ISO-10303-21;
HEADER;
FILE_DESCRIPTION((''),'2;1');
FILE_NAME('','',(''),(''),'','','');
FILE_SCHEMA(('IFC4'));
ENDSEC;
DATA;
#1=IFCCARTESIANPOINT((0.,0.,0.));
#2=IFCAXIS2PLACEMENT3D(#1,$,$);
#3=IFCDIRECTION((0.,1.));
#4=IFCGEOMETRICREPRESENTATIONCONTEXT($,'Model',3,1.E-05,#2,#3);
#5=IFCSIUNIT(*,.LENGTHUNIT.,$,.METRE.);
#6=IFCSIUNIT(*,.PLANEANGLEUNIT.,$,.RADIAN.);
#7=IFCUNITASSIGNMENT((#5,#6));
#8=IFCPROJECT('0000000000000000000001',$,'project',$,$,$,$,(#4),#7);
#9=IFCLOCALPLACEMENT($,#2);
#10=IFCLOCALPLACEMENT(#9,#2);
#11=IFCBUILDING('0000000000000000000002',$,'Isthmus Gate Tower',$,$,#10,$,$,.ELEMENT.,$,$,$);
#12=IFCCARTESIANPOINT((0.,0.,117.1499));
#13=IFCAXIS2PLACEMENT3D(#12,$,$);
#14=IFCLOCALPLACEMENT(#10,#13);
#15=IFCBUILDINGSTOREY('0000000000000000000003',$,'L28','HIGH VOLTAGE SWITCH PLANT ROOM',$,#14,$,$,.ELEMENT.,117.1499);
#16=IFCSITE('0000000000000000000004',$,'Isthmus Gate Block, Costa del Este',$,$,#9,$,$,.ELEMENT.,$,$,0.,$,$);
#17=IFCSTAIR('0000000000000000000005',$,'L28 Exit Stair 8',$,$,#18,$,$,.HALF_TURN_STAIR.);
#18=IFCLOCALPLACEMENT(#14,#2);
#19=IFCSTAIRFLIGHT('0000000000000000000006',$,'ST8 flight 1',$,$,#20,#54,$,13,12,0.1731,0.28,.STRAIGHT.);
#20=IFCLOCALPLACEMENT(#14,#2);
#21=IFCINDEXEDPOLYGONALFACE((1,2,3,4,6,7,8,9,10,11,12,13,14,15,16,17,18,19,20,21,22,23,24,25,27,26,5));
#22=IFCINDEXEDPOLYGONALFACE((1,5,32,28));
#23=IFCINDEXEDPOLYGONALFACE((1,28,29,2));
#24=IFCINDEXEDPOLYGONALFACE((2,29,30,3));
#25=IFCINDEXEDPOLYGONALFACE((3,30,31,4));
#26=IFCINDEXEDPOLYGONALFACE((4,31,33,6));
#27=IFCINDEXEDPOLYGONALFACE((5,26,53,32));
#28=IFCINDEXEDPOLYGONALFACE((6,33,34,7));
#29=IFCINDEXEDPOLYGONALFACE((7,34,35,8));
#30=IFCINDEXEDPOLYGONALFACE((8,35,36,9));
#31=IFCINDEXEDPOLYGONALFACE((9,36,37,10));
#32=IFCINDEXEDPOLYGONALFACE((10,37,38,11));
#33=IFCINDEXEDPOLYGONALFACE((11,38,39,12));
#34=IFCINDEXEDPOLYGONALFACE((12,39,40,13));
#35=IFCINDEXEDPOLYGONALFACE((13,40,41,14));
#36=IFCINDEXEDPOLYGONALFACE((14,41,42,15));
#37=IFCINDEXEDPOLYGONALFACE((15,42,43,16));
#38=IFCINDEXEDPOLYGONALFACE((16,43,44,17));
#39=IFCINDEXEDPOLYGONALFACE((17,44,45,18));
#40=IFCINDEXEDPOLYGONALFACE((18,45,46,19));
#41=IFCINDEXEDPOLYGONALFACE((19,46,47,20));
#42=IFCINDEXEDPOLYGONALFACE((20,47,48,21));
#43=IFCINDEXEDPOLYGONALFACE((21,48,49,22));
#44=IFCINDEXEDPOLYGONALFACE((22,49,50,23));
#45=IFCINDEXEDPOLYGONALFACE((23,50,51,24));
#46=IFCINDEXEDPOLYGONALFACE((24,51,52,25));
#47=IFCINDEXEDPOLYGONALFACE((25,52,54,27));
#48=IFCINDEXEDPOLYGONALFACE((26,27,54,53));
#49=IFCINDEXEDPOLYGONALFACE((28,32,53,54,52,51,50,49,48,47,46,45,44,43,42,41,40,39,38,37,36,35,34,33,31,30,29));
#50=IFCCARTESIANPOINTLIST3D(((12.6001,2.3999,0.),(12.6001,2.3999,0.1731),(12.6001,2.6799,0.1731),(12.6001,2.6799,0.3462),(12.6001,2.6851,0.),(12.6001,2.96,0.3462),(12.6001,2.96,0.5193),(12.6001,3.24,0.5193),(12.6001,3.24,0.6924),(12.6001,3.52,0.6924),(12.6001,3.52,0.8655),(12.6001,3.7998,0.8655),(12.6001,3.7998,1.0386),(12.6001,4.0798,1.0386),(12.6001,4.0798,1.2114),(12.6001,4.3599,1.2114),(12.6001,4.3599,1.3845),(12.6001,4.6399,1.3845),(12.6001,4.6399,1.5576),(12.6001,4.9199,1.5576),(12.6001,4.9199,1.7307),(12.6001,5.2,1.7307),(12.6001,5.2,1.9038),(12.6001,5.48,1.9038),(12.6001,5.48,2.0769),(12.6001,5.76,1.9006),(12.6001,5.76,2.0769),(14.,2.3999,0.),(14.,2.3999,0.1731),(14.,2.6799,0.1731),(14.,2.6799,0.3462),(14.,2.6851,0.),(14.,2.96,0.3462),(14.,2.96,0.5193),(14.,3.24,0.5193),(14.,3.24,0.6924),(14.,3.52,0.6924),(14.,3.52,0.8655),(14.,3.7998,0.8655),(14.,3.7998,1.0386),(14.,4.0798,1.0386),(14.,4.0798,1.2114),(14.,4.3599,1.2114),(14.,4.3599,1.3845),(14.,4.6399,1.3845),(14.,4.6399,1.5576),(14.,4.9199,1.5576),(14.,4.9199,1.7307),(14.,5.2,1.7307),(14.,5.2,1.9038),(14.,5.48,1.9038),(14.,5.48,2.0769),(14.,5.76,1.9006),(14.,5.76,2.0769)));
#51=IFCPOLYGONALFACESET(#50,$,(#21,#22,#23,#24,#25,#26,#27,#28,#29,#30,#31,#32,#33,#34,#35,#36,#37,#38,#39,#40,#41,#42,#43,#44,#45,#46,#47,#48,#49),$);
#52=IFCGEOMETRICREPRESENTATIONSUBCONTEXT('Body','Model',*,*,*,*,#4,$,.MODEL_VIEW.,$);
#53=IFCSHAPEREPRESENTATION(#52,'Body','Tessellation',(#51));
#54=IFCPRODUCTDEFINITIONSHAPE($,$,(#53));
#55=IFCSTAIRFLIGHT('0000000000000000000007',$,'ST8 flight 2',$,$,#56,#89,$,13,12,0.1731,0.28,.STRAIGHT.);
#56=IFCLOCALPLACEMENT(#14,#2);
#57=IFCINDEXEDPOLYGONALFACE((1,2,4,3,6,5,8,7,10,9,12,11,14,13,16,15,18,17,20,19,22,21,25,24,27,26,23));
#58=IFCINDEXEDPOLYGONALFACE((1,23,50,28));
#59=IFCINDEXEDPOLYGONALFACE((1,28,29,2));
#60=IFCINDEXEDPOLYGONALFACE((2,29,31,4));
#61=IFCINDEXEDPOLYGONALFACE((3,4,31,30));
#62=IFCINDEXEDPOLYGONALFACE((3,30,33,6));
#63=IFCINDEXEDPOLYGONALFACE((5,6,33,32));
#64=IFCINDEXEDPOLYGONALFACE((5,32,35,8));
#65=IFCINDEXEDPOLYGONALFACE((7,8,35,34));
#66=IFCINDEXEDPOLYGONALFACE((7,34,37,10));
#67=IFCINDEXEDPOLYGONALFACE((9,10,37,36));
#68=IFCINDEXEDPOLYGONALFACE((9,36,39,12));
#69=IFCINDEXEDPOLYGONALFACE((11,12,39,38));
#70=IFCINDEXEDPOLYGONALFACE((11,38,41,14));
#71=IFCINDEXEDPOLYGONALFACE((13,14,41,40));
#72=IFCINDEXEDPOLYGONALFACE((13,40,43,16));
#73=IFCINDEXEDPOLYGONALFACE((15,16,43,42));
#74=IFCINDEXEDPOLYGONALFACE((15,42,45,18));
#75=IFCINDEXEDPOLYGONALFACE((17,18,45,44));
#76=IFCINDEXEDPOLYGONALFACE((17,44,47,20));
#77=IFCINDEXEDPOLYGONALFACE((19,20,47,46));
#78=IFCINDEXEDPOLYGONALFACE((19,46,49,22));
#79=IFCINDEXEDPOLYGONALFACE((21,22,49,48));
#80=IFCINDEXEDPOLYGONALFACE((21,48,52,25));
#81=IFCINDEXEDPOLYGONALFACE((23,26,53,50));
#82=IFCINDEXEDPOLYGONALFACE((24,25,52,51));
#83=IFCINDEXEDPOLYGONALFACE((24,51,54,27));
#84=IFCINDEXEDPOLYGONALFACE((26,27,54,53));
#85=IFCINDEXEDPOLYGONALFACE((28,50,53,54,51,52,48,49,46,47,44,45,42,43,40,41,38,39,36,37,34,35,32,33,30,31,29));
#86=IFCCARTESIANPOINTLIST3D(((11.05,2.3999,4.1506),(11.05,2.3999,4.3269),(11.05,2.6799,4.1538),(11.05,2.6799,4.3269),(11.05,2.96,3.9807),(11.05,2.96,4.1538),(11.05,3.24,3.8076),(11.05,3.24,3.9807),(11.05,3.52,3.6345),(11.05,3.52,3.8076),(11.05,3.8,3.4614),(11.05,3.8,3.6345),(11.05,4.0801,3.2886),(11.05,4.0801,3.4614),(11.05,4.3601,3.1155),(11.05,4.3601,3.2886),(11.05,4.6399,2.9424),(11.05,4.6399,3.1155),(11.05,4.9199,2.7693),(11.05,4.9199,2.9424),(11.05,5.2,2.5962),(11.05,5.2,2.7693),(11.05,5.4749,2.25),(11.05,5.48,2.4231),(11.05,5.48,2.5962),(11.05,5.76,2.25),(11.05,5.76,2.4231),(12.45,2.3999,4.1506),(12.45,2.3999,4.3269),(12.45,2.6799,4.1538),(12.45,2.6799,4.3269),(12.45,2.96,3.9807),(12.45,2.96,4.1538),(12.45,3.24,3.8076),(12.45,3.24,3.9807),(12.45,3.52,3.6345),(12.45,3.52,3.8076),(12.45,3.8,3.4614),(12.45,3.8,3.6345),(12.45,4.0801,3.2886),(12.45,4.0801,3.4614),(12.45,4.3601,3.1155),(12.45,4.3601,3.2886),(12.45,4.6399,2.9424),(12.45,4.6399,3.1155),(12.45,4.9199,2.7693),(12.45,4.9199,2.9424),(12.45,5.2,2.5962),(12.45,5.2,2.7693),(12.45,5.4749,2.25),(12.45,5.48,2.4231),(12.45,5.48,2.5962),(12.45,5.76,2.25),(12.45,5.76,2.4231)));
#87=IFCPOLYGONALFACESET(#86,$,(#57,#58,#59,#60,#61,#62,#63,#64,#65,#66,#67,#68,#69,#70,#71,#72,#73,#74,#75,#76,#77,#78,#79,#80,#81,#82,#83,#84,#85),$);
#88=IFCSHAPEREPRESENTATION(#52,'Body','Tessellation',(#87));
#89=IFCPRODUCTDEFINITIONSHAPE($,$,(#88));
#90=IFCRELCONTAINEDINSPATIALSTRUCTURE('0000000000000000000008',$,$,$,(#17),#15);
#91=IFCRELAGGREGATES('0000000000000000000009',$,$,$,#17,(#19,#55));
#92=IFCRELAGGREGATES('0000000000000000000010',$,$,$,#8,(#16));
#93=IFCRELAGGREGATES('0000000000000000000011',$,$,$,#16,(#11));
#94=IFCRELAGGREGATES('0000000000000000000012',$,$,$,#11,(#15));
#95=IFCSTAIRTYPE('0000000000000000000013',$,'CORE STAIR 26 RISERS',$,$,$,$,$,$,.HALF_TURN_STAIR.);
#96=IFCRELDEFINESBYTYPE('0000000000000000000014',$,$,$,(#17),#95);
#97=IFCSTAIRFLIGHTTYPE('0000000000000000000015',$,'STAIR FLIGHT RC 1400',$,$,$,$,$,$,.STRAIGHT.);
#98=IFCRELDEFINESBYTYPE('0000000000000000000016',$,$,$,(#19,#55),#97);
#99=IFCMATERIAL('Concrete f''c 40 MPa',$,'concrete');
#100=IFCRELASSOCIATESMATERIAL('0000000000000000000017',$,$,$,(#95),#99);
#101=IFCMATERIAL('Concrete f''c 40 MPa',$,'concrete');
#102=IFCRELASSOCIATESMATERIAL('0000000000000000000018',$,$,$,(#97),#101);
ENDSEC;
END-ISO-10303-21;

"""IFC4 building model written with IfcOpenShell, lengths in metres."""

from ifc_helpers import new_model, si_unit, direction, frame, origin, place, context, subcontext, project, spatial, polyline, outline, extrude, material, type_object, element, aggregate, save


model = new_model("IFC4")

# Units and contexts
model_context = context("Model", 3, precision=1e-05, world=origin(), true_north=direction((0.0, 1.0)))
body_context = subcontext(model_context, "Body", "Model", "MODEL_VIEW")
ifc_project = project(units=[si_unit("LENGTHUNIT", "METRE"), si_unit("PLANEANGLEUNIT", "RADIAN")], contexts=[model_context])

# Site, building, storey
site_placement = place(None, origin())
site = spatial("IfcSite", under=ifc_project, at=site_placement, Name="Isthmus Gate Block, Costa del Este", CompositionType="ELEMENT", RefElevation=0.0)
building_placement = place(site_placement, origin())
building = spatial("IfcBuilding", under=site, at=building_placement, Name="Isthmus Gate Tower", CompositionType="ELEMENT")
storey_placement = place(building_placement, frame((0.0, 0.0, 117.1499)))
storey = spatial("IfcBuildingStorey", under=building, at=storey_placement, Name="L28", Description="HIGH VOLTAGE SWITCH PLANT ROOM", CompositionType="ELEMENT", Elevation=117.1499)

# Stair, stair flights
ifc_material_1 = material(Name="Concrete f'c 40 MPa", Category="concrete")
stair_type = type_object("IfcStairType", Name="CORE STAIR 26 RISERS", PredefinedType="HALF_TURN_STAIR", material=ifc_material_1)
ifc_material_2 = material(Name="Concrete f'c 40 MPa", Category="concrete")
stair_flight_type = type_object("IfcStairFlightType", Name="STAIR FLIGHT RC 1400", PredefinedType="STRAIGHT", material=ifc_material_2)
stair_1_placement = place(storey_placement, origin())
stair_1 = element("IfcStair", 1, at=stair_1_placement, inside=storey, type_object=stair_type, Name="L28 Exit Stair 8", PredefinedType="HALF_TURN_STAIR")
stair_flight_1_placement = place(storey_placement, frame((13.3, 2.3999, 0.0), z_axis=(0.0, 0.0, 1.0), x_axis=(0.0, 1.0, 0.0)))
stair_flight_1 = element("IfcStairFlight", 2, at=stair_flight_1_placement, type_object=stair_flight_type, Name="ST8 flight 1", NumberOfRisers=13, NumberOfTreads=12, PredefinedType="STRAIGHT", RiserHeight=0.1731, TreadLength=0.28, context=body_context, shape_type="SweptSolid", body=[
    extrude(outline(polyline([(0.0, 0.0), (0.0, 0.1731), (0.28, 0.1731), (0.28, 0.3462), (0.5601, 0.3462), (0.5601, 0.5193), (0.8401, 0.5193), (0.8401, 0.6924), (1.1201, 0.6924), (1.1201, 0.8655), (1.3999, 0.8655), (1.3999, 1.0386), (1.6799, 1.0386), (1.6799, 1.2114), (1.96, 1.2114), (1.96, 1.3845), (2.24, 1.3845), (2.24, 1.5576), (2.52, 1.5576), (2.52, 1.7307), (2.8, 1.7307), (2.8, 1.9038), (3.0801, 1.9038), (3.0801, 2.0769), (3.3601, 2.0769), (3.3601, 2.25), (3.3601, 1.9006), (0.2852, 0.0), (0.0, 0.0)])), frame((0.0, 0.7, 0.0), z_axis=(0.0, -1.0, 0.0), x_axis=(1.0, 0.0, 0.0)), (0.0, 0.0, 1.0), 1.3999),
])
stair_flight_2_placement = place(storey_placement, frame((11.75, 5.76, 2.25), z_axis=(0.0, 0.0, 1.0), x_axis=(0.0, -1.0, 0.0)))
stair_flight_2 = element("IfcStairFlight", 3, at=stair_flight_2_placement, type_object=stair_flight_type, Name="ST8 flight 2", NumberOfRisers=13, NumberOfTreads=12, PredefinedType="STRAIGHT", RiserHeight=0.1731, TreadLength=0.28, context=body_context, shape_type="SweptSolid", body=[
    extrude(outline(polyline([(0.0, 0.0), (0.0, 0.1731), (0.28, 0.1731), (0.28, 0.3462), (0.5601, 0.3462), (0.5601, 0.5193), (0.8401, 0.5193), (0.8401, 0.6924), (1.1201, 0.6924), (1.1201, 0.8655), (1.3999, 0.8655), (1.3999, 1.0386), (1.6799, 1.0386), (1.6799, 1.2114), (1.96, 1.2114), (1.96, 1.3845), (2.24, 1.3845), (2.24, 1.5576), (2.52, 1.5576), (2.52, 1.7307), (2.8, 1.7307), (2.8, 1.9038), (3.0801, 1.9038), (3.0801, 2.0769), (3.3601, 2.0769), (3.3601, 2.25), (3.3601, 1.9006), (0.2852, 0.0), (0.0, 0.0)])), frame((0.0, 0.7, 0.0), z_axis=(0.0, -1.0, 0.0), x_axis=(1.0, 0.0, 0.0)), (0.0, 0.0, 1.0), 1.3999),
])
aggregate(stair_1, [stair_flight_1, stair_flight_2])

save(model, "model.ifc")
